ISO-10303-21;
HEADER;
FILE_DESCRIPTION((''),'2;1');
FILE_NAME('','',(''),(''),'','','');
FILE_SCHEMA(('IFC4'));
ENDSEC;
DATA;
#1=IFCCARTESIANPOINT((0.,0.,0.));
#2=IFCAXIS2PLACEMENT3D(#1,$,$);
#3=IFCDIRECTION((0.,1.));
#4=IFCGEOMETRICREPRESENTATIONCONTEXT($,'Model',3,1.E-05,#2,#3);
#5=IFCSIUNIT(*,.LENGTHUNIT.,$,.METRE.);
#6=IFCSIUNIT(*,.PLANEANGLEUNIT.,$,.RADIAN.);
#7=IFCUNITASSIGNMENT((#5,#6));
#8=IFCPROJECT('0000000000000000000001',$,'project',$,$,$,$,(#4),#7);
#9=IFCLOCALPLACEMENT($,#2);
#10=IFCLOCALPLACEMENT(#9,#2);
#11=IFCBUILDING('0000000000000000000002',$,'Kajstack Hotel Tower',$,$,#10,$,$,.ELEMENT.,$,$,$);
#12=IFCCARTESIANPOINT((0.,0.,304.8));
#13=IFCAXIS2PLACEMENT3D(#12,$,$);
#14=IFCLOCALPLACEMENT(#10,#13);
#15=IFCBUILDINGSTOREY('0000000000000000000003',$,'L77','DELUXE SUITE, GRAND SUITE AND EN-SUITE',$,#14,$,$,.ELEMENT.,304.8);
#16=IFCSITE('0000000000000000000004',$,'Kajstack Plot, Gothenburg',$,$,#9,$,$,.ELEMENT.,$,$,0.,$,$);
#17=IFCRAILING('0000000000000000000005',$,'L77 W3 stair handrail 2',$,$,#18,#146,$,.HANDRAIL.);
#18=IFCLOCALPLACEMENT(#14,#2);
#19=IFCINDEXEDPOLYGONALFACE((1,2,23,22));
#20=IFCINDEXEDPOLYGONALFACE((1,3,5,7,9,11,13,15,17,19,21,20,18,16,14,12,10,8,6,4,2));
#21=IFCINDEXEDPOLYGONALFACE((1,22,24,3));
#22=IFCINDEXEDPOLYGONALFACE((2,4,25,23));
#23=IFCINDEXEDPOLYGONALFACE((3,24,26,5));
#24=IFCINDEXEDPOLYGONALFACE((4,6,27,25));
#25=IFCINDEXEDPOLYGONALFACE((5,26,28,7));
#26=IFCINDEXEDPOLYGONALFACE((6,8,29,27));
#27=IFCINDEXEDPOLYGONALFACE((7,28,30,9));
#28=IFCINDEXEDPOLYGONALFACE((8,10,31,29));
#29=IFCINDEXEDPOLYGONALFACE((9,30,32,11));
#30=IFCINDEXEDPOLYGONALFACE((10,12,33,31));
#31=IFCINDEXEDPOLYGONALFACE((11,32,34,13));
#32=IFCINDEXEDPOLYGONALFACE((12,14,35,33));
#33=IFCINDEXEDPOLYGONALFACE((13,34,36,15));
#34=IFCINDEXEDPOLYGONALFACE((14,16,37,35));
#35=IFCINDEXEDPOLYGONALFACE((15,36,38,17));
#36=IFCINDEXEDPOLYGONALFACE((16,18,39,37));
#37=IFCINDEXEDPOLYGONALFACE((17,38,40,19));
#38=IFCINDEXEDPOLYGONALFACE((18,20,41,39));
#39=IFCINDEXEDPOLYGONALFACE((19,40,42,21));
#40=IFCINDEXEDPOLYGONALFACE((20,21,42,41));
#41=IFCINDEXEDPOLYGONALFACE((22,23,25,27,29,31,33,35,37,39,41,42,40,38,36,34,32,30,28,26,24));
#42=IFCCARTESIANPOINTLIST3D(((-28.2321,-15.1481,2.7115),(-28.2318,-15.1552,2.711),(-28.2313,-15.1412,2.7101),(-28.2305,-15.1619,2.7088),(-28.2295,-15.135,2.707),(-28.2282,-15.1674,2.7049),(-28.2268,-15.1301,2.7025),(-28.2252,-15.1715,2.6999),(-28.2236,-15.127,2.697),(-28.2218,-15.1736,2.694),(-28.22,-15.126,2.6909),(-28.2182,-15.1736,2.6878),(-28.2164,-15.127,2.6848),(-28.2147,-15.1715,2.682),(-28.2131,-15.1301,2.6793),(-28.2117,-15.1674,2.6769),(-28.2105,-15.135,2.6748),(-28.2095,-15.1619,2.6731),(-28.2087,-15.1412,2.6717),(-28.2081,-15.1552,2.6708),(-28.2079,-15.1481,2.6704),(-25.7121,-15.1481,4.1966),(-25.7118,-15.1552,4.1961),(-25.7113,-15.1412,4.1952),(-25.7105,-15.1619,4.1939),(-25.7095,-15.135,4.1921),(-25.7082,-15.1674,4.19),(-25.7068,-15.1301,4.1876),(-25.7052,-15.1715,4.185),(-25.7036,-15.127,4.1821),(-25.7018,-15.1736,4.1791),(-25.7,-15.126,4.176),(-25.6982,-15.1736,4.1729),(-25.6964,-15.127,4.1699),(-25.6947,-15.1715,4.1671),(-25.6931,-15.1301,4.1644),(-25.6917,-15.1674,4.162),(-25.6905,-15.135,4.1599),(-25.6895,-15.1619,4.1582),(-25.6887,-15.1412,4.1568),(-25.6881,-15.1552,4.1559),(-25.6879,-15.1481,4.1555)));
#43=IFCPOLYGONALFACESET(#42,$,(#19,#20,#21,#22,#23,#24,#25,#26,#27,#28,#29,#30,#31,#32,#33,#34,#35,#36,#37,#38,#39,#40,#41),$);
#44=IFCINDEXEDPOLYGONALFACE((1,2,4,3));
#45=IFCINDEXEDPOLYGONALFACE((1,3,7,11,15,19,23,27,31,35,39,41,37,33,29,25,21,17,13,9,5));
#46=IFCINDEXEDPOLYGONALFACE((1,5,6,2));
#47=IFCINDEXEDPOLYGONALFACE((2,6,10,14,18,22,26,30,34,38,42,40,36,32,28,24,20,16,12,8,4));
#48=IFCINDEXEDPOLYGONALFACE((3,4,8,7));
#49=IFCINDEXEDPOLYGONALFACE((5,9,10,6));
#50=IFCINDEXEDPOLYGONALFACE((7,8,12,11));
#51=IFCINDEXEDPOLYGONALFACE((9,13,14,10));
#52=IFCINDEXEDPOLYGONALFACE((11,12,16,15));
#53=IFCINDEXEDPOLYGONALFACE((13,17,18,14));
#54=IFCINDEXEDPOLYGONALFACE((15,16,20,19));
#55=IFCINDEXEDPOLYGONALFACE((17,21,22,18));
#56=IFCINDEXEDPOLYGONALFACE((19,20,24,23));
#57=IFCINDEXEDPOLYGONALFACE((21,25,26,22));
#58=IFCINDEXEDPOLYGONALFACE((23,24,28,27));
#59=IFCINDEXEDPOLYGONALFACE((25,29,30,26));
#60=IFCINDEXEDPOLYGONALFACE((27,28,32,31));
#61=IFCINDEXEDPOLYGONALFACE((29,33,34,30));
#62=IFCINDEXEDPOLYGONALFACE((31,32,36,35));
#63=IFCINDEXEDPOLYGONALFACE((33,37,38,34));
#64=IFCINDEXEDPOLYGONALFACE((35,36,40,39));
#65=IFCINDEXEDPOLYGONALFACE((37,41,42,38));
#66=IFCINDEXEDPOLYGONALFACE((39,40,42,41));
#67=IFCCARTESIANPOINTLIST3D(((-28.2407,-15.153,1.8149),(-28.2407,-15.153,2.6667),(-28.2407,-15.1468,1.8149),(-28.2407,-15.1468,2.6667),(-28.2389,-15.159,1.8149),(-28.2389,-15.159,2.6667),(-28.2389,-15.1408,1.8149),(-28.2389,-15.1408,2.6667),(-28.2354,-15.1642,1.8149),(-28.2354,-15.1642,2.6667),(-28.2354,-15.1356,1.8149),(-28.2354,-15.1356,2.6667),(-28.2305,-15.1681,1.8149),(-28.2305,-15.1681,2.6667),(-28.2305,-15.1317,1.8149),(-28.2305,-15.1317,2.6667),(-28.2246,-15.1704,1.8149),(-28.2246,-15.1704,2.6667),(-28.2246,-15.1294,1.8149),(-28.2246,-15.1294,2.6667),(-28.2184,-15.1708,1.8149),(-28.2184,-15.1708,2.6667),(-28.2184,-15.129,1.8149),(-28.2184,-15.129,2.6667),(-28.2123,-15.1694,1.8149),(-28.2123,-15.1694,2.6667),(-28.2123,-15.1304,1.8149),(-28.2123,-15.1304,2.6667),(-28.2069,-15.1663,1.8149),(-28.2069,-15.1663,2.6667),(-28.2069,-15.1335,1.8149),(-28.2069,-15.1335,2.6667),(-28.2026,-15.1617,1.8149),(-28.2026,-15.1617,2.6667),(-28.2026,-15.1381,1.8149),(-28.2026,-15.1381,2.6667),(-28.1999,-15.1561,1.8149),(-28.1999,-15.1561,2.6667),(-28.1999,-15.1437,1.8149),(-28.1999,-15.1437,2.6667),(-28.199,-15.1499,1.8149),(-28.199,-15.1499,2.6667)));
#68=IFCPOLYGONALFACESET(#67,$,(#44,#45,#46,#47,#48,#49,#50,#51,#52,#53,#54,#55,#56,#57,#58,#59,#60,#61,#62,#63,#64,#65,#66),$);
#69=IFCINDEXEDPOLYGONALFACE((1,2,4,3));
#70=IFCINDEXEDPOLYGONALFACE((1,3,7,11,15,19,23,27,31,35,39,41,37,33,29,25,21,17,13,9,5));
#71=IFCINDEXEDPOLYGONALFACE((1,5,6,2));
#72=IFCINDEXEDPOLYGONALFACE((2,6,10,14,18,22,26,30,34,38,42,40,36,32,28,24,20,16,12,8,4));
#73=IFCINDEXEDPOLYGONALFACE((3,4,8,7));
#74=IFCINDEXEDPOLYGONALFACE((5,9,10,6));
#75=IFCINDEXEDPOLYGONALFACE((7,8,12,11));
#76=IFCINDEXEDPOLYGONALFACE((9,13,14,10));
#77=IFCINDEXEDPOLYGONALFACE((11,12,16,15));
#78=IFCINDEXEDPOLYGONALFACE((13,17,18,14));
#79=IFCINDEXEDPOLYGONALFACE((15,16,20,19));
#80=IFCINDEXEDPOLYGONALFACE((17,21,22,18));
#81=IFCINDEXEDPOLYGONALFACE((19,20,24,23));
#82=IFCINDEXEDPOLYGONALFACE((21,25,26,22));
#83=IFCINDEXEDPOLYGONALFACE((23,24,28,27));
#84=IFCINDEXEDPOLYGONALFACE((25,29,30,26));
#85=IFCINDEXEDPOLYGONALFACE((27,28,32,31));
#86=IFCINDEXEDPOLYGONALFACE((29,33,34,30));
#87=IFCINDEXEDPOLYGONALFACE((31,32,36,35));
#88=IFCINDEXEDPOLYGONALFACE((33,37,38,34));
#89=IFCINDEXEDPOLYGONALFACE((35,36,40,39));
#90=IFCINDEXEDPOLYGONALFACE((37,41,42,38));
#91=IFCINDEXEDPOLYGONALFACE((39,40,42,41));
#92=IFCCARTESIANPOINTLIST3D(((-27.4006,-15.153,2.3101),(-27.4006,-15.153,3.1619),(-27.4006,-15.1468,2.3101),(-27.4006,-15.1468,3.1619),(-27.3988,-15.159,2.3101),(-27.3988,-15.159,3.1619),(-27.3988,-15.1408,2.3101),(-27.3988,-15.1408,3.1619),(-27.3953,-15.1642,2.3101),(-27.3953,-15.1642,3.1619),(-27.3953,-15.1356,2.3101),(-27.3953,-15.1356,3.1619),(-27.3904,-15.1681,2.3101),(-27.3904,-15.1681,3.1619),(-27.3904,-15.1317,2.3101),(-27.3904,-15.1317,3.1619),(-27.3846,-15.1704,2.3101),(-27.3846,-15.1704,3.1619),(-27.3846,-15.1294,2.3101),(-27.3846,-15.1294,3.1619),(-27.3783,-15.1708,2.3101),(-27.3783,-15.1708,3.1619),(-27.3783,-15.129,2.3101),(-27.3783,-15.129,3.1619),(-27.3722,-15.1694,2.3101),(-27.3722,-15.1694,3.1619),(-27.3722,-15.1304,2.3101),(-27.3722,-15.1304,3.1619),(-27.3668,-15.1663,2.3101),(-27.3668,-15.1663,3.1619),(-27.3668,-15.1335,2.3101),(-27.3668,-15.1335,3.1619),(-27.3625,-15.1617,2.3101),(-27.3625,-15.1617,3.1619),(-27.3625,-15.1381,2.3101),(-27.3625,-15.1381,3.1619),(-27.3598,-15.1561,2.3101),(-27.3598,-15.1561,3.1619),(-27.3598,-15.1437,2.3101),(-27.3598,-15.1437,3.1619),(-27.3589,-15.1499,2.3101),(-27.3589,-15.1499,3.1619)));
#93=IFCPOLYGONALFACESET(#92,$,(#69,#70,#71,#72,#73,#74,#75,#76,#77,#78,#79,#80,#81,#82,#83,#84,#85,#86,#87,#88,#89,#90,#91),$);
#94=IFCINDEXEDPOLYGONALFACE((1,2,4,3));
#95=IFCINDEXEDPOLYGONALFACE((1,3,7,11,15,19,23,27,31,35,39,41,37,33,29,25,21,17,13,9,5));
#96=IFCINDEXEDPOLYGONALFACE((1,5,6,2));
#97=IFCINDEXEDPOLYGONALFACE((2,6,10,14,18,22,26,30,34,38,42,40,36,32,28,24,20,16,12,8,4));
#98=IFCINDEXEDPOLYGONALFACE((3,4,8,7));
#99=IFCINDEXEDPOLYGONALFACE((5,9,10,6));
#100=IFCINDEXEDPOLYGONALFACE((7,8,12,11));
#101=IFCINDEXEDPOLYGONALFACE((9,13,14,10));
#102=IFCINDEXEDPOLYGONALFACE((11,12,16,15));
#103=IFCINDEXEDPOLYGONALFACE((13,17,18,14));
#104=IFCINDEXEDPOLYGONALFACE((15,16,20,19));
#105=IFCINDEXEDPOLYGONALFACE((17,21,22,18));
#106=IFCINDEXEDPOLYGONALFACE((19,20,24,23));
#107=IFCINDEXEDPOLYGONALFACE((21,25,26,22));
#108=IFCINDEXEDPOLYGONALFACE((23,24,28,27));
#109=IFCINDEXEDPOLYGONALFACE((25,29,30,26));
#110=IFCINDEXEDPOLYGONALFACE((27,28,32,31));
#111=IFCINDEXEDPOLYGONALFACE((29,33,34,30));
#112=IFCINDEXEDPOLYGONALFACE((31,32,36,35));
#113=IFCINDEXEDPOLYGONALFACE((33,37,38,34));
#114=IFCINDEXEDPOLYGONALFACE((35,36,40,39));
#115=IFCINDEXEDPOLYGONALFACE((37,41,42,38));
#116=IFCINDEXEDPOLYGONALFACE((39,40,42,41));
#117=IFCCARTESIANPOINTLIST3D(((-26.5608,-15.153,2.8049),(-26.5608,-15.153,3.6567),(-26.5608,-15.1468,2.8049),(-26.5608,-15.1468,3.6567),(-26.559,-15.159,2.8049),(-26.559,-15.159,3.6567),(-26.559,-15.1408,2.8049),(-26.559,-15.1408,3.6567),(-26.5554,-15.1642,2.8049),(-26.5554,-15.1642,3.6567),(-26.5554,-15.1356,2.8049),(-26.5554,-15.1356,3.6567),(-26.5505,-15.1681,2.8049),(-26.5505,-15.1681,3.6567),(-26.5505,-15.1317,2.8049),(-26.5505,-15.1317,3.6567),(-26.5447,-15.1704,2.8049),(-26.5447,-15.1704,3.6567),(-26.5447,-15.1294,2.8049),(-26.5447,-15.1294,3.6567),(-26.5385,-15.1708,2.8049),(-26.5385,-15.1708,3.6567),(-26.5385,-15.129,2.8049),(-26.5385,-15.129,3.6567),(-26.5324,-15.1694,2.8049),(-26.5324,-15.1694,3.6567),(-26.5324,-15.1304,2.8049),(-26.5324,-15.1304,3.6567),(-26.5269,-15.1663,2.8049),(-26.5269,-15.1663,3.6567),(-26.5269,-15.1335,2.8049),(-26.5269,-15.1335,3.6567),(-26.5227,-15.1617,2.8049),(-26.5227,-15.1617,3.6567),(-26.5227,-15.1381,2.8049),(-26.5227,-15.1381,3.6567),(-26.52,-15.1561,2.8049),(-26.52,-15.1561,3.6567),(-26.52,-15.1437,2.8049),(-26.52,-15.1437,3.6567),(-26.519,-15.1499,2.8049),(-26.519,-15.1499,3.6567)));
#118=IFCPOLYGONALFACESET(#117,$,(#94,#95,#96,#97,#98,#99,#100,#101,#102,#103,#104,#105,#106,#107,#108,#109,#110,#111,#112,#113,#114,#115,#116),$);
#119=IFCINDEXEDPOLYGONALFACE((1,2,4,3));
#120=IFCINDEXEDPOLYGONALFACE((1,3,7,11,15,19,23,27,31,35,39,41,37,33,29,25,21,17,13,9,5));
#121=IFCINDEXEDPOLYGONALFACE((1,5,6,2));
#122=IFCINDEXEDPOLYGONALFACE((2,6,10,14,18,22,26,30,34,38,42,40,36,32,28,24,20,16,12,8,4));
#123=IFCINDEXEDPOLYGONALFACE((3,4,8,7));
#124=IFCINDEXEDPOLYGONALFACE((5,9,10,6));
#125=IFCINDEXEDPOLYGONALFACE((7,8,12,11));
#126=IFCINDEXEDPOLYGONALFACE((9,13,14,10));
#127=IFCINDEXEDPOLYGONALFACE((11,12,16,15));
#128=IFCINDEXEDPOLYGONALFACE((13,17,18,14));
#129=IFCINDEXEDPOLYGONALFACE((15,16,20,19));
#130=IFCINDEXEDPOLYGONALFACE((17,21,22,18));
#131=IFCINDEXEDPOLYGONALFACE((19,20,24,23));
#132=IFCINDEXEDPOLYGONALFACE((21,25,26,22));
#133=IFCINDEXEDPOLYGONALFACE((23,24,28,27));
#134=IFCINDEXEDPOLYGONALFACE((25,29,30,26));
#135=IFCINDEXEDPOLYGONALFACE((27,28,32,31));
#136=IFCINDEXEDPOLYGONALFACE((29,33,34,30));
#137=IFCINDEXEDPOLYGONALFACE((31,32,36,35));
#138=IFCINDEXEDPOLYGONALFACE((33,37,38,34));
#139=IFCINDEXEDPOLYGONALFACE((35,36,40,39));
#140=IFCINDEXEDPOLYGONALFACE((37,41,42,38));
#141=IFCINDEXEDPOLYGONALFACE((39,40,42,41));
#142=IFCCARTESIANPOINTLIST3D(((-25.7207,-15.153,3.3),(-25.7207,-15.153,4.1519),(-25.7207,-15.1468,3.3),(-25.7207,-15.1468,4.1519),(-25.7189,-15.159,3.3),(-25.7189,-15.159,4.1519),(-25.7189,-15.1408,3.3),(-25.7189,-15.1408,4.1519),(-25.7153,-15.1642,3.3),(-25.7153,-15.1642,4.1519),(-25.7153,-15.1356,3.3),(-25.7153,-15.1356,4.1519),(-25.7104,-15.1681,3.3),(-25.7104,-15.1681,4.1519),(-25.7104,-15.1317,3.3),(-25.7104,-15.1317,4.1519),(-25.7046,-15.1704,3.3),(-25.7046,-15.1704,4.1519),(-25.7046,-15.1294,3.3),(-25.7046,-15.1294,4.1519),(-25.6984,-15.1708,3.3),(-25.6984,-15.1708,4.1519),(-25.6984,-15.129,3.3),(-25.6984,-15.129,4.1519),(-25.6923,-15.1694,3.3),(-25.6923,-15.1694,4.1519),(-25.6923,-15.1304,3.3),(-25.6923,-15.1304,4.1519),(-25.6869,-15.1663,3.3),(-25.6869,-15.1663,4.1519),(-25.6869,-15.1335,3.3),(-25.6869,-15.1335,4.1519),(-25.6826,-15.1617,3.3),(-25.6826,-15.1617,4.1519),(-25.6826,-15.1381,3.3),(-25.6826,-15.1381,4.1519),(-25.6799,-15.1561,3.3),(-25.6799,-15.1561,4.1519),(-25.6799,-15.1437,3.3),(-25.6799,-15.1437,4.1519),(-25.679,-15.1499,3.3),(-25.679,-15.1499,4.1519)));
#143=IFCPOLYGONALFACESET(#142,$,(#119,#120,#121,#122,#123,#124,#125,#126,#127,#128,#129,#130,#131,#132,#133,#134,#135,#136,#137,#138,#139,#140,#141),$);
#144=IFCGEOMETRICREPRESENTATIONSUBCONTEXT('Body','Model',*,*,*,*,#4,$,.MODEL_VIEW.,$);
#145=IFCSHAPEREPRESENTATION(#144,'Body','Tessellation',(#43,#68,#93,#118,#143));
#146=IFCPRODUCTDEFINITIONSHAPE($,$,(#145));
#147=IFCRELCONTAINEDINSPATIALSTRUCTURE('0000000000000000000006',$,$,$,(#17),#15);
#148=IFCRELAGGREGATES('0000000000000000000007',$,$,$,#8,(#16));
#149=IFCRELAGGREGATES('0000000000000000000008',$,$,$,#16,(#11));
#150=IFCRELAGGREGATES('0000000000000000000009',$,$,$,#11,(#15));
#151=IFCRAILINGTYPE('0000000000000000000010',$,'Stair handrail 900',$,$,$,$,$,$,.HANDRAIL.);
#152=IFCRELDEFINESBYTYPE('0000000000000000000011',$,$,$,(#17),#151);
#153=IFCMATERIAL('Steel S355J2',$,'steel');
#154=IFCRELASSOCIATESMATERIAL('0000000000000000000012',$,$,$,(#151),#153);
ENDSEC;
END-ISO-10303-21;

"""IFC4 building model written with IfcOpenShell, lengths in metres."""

from ifc_helpers import new_model, si_unit, direction, frame, origin, origin_2d, place, context, subcontext, project, spatial, circle, extrude, material, type_object, element, save


model = new_model("IFC4")

# Units and contexts
model_context = context("Model", 3, precision=1e-05, world=origin(), true_north=direction((0.0, 1.0)))
body_context = subcontext(model_context, "Body", "Model", "MODEL_VIEW")
ifc_project = project(units=[si_unit("LENGTHUNIT", "METRE"), si_unit("PLANEANGLEUNIT", "RADIAN")], contexts=[model_context])

# Site, building, storey
site_placement = place(None, origin())
site = spatial("IfcSite", under=ifc_project, at=site_placement, Name="Kajstack Plot, Gothenburg", CompositionType="ELEMENT", RefElevation=0.0)
building_placement = place(site_placement, origin())
building = spatial("IfcBuilding", under=site, at=building_placement, Name="Kajstack Hotel Tower", CompositionType="ELEMENT")
storey_placement = place(building_placement, frame((0.0, 0.0, 304.8)))
storey = spatial("IfcBuildingStorey", under=building, at=storey_placement, Name="L77", Description="DELUXE SUITE, GRAND SUITE AND EN-SUITE", CompositionType="ELEMENT", Elevation=304.8)

# Railing
ifc_material_1 = material(Name="Steel S355J2", Category="steel")
railing_type_1 = type_object("IfcRailingType", Name="Stair handrail 900", PredefinedType="HANDRAIL", material=ifc_material_1)
railing_1_placement = place(storey_placement, frame((-28.22, -15.1499, 1.8149)))
element("IfcRailing", 1, at=railing_1_placement, inside=storey, type_object=railing_type_1, Name="L77 W3 stair handrail 2", PredefinedType="HANDRAIL", context=body_context, shape_type="SweptSolid", body=[
    extrude(circle(Radius=0.0239, at=origin_2d()), frame((0.0, 0.0, 0.876), z_axis=(0.861524, 0.0, 0.507717), x_axis=(0.0, 1.0, 0.0)), (0.0, 0.0, 1.0), 2.925),
    extrude(circle(Radius=0.021, at=origin_2d()), origin(), (0.0, 0.0, 1.0), 0.8518),
    extrude(circle(Radius=0.021, at=origin_2d()), frame((0.8401, 0.0, 0.4951)), (0.0, 0.0, 1.0), 0.8518),
    extrude(circle(Radius=0.021, at=origin_2d()), frame((1.6799, 0.0, 0.99)), (0.0, 0.0, 1.0), 0.8518),
    extrude(circle(Radius=0.021, at=origin_2d()), frame((2.52, 0.0, 1.4851)), (0.0, 0.0, 1.0), 0.8518),
])

save(model, "model.ifc")
